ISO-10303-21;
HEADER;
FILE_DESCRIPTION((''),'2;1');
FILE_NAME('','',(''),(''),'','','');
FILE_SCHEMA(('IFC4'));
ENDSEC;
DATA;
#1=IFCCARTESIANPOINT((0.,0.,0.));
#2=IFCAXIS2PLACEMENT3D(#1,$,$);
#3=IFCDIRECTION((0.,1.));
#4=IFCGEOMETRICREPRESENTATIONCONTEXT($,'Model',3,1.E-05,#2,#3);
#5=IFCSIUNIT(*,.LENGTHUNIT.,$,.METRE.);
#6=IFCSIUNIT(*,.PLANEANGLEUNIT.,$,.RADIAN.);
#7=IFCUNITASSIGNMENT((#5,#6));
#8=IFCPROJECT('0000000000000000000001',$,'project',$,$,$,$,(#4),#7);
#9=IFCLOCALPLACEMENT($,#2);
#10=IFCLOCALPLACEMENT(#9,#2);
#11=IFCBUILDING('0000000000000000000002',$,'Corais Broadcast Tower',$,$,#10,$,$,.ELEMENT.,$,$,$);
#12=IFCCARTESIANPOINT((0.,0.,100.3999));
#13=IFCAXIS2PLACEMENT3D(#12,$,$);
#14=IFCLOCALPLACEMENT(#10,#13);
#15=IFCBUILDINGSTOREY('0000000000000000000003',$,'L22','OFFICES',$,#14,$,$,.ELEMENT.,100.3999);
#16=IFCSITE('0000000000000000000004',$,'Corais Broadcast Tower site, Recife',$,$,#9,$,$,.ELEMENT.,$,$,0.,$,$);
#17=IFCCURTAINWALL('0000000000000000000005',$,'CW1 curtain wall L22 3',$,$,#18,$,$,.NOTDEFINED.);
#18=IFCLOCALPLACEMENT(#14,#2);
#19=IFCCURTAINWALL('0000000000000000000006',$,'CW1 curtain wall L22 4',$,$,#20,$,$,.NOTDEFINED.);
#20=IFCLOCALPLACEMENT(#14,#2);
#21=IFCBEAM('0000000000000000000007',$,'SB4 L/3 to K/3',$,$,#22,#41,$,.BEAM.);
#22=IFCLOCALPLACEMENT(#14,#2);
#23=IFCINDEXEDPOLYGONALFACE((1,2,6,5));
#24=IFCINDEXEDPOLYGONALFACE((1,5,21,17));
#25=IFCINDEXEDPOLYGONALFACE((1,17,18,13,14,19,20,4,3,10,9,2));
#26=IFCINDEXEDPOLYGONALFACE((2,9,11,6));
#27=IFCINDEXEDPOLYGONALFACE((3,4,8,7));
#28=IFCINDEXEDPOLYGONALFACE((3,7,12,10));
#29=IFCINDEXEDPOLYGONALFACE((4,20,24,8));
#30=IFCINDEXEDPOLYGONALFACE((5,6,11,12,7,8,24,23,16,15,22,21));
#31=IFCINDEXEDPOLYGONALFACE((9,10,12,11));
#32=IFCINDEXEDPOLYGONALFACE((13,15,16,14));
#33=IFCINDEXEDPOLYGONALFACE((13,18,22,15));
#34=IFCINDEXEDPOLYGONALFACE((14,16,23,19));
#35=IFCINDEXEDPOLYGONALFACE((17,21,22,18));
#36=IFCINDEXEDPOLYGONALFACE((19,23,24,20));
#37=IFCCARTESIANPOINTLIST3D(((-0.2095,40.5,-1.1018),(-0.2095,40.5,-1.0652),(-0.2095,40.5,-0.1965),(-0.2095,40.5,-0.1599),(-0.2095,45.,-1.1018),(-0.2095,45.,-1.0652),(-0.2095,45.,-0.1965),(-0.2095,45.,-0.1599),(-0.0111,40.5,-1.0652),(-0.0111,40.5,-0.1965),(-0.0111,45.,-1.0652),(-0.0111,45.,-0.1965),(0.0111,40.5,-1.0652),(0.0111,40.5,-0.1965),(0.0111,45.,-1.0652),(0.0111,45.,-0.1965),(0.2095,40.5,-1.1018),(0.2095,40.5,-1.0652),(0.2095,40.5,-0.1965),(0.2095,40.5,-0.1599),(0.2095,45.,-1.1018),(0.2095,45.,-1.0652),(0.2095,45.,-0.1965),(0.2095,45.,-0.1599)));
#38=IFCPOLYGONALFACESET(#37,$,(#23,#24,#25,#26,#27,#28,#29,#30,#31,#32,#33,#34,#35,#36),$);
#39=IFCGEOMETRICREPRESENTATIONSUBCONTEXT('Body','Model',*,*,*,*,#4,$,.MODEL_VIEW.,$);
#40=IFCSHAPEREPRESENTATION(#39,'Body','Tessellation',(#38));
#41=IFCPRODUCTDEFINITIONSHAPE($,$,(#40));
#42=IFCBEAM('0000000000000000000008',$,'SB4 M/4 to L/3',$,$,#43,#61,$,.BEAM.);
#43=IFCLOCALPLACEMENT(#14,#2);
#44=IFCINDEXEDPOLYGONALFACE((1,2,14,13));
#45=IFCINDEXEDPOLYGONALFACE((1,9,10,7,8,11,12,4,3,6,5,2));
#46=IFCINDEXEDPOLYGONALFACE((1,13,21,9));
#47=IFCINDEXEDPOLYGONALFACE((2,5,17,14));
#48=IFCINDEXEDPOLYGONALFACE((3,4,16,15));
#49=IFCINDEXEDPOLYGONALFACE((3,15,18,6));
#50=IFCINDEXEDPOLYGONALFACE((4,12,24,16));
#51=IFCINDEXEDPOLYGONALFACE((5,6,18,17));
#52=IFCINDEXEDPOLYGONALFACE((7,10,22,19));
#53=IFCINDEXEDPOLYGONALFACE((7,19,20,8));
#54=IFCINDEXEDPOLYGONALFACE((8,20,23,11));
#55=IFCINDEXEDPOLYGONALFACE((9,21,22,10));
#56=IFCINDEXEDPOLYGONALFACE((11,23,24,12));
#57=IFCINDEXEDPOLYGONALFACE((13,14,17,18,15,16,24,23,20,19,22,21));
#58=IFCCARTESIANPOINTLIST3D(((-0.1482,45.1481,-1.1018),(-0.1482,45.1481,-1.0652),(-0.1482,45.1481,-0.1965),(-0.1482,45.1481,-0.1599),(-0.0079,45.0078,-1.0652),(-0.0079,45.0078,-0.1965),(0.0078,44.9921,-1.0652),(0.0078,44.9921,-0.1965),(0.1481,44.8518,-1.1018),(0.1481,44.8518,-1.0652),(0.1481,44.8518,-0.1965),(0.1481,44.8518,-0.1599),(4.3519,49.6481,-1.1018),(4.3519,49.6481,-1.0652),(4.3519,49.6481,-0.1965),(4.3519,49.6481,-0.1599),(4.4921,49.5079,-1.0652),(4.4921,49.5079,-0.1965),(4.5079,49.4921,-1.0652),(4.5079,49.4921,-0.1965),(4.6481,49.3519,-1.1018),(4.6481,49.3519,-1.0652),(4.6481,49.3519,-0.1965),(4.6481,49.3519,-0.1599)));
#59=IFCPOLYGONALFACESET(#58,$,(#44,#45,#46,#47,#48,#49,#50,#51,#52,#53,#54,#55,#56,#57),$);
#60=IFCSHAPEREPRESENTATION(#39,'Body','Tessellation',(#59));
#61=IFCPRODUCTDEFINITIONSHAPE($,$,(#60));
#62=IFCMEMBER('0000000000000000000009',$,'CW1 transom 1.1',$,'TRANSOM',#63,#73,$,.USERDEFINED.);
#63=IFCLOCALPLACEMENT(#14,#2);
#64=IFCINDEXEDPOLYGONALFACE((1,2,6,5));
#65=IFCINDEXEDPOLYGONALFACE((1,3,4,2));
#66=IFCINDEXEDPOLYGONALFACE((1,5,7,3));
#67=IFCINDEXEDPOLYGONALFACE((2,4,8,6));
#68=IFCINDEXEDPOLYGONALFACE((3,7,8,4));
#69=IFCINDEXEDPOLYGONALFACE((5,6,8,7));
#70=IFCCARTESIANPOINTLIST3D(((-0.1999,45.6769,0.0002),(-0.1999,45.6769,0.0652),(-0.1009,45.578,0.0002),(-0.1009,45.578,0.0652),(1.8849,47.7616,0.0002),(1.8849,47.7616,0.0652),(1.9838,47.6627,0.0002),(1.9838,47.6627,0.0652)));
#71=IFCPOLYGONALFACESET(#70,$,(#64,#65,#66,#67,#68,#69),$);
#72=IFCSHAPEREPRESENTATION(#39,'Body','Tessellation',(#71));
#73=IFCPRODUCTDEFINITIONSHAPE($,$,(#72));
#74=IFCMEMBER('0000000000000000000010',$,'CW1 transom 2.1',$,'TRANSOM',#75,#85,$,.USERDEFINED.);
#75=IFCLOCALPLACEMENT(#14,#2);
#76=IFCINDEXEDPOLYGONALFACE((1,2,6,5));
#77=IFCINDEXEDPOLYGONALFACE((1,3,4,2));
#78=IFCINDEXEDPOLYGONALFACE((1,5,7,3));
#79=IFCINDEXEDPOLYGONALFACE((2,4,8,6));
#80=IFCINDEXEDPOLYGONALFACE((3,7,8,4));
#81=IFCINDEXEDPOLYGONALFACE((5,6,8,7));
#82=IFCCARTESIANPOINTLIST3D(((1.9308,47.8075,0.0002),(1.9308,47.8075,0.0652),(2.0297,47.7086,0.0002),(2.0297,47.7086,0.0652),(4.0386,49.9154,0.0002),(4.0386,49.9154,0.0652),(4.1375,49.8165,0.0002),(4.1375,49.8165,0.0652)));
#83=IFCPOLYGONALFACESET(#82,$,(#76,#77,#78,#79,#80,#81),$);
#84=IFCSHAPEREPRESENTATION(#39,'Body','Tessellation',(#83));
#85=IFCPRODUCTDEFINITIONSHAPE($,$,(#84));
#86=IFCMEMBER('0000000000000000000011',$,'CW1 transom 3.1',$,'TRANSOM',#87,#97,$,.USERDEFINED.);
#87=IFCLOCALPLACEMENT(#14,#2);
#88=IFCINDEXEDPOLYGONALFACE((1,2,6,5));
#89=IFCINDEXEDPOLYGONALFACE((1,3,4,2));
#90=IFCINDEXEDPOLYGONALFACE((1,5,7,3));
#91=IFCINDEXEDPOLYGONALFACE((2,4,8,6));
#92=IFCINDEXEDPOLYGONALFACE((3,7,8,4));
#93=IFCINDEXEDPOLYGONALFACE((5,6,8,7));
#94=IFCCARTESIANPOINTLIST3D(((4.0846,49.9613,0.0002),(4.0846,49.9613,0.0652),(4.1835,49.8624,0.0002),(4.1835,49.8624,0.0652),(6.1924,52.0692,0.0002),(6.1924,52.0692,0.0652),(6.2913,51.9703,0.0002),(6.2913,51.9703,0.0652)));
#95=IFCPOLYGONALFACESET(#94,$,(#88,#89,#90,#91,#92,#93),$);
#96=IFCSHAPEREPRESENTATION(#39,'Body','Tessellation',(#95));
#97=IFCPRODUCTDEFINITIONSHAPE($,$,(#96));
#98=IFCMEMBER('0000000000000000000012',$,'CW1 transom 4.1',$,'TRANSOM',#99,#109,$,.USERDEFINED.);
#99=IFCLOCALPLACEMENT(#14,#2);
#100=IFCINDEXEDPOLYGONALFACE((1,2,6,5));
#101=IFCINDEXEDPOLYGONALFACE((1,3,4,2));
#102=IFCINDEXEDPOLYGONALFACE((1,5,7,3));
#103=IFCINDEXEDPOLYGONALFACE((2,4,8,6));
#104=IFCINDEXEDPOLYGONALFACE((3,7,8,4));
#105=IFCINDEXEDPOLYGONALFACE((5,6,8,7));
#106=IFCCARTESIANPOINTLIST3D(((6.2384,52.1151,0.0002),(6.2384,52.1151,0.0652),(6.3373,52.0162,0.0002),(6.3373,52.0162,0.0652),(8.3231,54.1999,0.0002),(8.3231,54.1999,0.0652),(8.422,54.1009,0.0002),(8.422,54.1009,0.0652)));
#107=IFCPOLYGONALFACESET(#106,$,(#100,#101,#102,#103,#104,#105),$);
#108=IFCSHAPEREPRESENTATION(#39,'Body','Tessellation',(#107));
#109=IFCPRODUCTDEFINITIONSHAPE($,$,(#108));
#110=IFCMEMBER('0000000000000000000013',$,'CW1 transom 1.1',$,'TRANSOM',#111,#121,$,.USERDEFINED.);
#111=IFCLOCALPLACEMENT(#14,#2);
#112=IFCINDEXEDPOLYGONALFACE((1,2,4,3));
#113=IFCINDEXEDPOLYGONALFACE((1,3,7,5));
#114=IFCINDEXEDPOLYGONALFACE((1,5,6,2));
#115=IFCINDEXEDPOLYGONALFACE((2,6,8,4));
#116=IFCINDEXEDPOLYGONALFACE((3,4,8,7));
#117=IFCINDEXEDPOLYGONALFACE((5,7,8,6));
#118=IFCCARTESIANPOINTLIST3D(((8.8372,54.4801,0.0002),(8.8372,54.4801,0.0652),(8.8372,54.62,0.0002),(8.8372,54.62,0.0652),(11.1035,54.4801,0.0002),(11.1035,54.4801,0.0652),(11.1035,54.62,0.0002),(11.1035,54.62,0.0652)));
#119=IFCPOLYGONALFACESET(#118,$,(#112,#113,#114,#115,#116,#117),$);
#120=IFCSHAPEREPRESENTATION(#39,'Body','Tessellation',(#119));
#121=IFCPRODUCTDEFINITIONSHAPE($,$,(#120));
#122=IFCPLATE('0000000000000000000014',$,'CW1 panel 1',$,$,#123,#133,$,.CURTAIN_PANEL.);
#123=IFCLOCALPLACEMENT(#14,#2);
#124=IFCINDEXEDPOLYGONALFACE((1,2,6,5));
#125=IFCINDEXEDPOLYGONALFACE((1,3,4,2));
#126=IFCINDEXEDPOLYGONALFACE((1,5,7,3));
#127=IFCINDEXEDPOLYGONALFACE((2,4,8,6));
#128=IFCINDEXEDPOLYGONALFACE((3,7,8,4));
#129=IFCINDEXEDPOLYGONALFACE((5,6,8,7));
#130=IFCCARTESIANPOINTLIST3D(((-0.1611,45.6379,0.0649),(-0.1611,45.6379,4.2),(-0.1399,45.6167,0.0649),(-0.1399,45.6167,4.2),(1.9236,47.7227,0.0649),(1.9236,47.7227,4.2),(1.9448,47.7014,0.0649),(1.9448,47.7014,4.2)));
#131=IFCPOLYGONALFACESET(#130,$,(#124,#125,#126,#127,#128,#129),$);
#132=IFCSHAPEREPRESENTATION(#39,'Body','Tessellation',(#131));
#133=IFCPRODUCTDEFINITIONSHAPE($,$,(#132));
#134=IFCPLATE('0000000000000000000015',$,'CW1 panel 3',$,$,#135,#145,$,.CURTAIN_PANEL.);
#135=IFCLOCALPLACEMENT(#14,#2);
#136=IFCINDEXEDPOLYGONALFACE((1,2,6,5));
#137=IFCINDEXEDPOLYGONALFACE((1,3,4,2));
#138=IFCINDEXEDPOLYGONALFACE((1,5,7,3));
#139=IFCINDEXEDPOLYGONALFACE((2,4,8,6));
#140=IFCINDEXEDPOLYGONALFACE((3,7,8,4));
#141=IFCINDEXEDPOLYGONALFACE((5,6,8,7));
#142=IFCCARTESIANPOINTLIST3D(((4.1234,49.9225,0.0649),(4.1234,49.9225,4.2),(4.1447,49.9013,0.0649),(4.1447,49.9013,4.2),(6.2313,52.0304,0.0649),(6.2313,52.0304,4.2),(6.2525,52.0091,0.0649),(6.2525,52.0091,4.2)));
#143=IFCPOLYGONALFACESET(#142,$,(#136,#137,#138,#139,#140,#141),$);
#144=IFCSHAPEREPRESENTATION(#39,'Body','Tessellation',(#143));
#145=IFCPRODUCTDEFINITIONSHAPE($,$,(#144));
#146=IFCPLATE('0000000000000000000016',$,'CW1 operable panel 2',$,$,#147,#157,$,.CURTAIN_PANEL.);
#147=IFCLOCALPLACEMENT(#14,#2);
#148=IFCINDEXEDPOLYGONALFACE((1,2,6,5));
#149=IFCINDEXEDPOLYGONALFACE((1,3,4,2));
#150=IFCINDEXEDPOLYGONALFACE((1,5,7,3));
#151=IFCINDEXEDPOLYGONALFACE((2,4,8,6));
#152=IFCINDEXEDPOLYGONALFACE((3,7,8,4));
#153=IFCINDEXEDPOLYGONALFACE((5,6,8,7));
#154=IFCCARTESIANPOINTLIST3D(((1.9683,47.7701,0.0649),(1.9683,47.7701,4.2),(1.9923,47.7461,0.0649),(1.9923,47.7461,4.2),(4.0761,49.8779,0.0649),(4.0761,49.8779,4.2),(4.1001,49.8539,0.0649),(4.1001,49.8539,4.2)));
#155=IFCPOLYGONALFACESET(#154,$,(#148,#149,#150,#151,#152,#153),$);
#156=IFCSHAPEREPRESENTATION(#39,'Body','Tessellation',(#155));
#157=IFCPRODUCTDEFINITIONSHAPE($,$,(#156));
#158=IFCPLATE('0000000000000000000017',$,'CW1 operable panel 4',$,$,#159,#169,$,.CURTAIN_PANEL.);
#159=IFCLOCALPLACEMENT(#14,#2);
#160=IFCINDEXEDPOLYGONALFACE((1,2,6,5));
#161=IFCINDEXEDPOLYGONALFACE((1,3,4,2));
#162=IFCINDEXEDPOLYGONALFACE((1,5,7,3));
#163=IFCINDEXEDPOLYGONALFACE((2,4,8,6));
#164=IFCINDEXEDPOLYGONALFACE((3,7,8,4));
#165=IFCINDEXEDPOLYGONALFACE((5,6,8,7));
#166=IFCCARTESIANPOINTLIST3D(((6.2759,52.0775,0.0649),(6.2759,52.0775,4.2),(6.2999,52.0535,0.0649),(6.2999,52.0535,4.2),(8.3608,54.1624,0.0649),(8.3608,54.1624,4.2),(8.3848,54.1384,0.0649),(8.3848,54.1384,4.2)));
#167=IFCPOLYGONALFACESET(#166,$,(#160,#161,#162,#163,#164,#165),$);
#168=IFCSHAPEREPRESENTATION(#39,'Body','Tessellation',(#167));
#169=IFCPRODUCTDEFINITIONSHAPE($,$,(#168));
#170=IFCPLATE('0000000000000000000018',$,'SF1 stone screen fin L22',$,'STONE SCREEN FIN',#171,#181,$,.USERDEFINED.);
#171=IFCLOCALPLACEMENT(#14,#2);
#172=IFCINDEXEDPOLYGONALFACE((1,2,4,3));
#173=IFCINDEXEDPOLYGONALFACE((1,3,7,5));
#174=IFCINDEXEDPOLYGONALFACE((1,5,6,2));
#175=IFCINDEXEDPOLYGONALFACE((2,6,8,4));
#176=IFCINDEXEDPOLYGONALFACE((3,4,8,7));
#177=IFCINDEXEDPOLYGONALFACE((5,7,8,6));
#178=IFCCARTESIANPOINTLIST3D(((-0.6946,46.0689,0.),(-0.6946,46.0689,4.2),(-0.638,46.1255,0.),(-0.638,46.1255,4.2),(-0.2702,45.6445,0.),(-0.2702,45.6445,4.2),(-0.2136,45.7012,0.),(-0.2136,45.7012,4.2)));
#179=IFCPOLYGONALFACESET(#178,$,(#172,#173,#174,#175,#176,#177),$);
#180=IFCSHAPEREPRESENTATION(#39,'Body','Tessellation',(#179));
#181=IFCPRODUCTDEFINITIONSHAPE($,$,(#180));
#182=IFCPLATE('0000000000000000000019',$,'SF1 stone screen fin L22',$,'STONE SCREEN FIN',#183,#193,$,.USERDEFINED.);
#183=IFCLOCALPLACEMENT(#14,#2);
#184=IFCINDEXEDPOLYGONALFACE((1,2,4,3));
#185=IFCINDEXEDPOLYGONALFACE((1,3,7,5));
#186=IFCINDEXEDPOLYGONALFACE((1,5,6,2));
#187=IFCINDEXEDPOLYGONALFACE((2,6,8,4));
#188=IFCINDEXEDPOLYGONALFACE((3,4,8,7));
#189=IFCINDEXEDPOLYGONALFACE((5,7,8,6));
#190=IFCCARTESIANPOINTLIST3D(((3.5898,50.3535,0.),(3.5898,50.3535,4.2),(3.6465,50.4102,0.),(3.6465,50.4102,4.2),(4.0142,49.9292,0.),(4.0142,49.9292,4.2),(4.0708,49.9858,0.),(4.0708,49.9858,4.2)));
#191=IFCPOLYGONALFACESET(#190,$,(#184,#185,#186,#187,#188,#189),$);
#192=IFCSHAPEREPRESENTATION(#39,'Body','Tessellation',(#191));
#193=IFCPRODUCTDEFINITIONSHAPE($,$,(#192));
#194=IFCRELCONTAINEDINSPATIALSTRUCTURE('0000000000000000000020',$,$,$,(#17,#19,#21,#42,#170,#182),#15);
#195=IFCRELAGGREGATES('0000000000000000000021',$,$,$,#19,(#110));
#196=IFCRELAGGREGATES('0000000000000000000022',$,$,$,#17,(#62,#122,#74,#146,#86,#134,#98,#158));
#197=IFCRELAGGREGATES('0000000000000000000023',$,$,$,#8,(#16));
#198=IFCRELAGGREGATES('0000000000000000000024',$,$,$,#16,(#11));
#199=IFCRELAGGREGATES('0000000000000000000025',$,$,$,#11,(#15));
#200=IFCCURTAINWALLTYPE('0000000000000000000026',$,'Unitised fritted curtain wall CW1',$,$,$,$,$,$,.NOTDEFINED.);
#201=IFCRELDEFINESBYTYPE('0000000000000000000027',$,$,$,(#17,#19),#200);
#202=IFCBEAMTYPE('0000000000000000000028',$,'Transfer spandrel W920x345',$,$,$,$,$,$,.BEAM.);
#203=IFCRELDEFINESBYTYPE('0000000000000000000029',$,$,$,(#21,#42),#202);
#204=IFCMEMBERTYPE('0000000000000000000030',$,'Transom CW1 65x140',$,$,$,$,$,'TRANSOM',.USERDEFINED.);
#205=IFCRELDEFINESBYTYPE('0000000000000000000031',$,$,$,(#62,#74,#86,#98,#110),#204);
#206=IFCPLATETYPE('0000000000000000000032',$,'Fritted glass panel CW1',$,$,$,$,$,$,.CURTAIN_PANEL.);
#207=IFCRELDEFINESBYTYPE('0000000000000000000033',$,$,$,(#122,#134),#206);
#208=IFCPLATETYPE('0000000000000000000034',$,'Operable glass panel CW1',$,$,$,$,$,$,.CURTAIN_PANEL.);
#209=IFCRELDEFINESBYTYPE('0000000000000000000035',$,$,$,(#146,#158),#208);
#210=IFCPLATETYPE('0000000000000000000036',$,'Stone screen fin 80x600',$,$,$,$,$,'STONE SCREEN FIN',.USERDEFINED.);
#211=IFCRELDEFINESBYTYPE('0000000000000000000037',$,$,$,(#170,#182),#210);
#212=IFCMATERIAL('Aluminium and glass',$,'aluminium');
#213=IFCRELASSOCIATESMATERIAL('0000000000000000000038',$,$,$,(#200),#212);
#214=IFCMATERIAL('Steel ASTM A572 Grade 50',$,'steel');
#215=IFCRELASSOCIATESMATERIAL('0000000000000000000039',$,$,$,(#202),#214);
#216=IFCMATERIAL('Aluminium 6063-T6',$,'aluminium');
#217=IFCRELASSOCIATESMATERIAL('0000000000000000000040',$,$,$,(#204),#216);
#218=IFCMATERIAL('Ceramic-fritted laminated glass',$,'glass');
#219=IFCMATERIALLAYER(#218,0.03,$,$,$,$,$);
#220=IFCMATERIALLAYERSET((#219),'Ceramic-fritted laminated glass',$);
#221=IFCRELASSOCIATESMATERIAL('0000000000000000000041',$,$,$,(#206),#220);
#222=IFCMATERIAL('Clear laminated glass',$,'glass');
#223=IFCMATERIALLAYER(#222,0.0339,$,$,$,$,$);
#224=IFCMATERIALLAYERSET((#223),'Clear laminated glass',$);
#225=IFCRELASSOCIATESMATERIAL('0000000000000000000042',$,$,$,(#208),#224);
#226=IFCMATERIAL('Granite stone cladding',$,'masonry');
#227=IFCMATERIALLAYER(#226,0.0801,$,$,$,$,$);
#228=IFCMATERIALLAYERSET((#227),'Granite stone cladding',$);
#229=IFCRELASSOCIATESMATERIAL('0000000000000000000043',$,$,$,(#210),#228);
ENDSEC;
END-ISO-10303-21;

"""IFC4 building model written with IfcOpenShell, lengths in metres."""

from ifc_helpers import new_model, si_unit, direction, frame, origin, origin_2d, place, context, subcontext, project, spatial, rectangle, i_section, extrude, material, layer, layer_set, material_profile, profile_set, type_object, element, aggregate, save


model = new_model("IFC4")

# Units and contexts
model_context = context("Model", 3, precision=1e-05, world=origin(), true_north=direction((0.0, 1.0)))
body_context = subcontext(model_context, "Body", "Model", "MODEL_VIEW")
ifc_project = project(units=[si_unit("LENGTHUNIT", "METRE"), si_unit("PLANEANGLEUNIT", "RADIAN")], contexts=[model_context])

# Site, building, storey
site_placement = place(None, origin())
site = spatial("IfcSite", under=ifc_project, at=site_placement, Name="Corais Broadcast Tower site, Recife", CompositionType="ELEMENT", RefElevation=0.0)
building_placement = place(site_placement, origin())
building = spatial("IfcBuilding", under=site, at=building_placement, Name="Corais Broadcast Tower", CompositionType="ELEMENT")
storey_placement = place(building_placement, frame((0.0, 0.0, 100.3999)))
storey = spatial("IfcBuildingStorey", under=building, at=storey_placement, Name="L22", Description="OFFICES", CompositionType="ELEMENT", Elevation=100.3999)

# Shared definitions
ifc_material_1 = material(Name="Aluminium and glass", Category="aluminium")
curtain_wall_type = type_object("IfcCurtainWallType", Name="Unitised fritted curtain wall CW1", PredefinedType="NOTDEFINED", material=ifc_material_1)

# Curtain wall
curtain_wall_1_placement = place(storey_placement, origin())
curtain_wall_1 = element("IfcCurtainWall", 1, at=curtain_wall_1_placement, inside=storey, type_object=curtain_wall_type, Name="CW1 curtain wall L22 3", PredefinedType="NOTDEFINED")

# Curtain wall
curtain_wall_2_placement = place(storey_placement, origin())
curtain_wall_2 = element("IfcCurtainWall", 2, at=curtain_wall_2_placement, inside=storey, type_object=curtain_wall_type, Name="CW1 curtain wall L22 4", PredefinedType="NOTDEFINED")

# Beams
ifc_material_2 = material(Name="Steel ASTM A572 Grade 50", Category="steel")
ifc_material_profile_1 = material_profile(ifc_material_2, i_section(OverallWidth=0.4189, OverallDepth=0.9419, WebThickness=0.0222, FlangeThickness=0.0366, at=origin_2d()), Name="W920x345")
ifc_profile_set_1 = profile_set([ifc_material_profile_1], Name="Steel ASTM A572 Grade 50")
beam_type_1 = type_object("IfcBeamType", Name="Transfer spandrel W920x345", PredefinedType="BEAM", material=ifc_profile_set_1)
beam_1_placement = place(storey_placement, frame((0.0, 45.0, -0.6309), z_axis=(0.0, -1.0, 0.0), x_axis=(1.0, 0.0, 0.0)))
element("IfcBeam", 3, at=beam_1_placement, inside=storey, type_object=beam_type_1, Name="SB4 L/3 to K/3", PredefinedType="BEAM", context=body_context, shape_type="SweptSolid", body=[
    extrude(i_section(OverallWidth=0.4189, OverallDepth=0.9419, WebThickness=0.0222, FlangeThickness=0.0366, at=origin_2d()), origin(), (0.0, 0.0, 1.0), 4.5),
])
beam_2_placement = place(storey_placement, frame((4.5, 49.5, -0.6309), z_axis=(-0.707107, -0.707107, 0.0), x_axis=(0.707107, -0.707107, 0.0)))
element("IfcBeam", 4, at=beam_2_placement, inside=storey, type_object=beam_type_1, Name="SB4 M/4 to L/3", PredefinedType="BEAM", context=body_context, shape_type="SweptSolid", body=[
    extrude(i_section(OverallWidth=0.4189, OverallDepth=0.9419, WebThickness=0.0222, FlangeThickness=0.0366, at=origin_2d()), origin(), (0.0, 0.0, 1.0), 6.364),
])

# Members
ifc_material_3 = material(Name="Aluminium 6063-T6", Category="aluminium")
ifc_material_profile_2 = material_profile(ifc_material_3, rectangle(XDim=0.1399, YDim=0.0649, at=origin_2d()), Name="Transom CW1 65x140")
ifc_profile_set_2 = profile_set([ifc_material_profile_2], Name="Aluminium 6063-T6")
member_type_1 = type_object("IfcMemberType", Name="Transom CW1 65x140", ElementType="TRANSOM", PredefinedType="USERDEFINED", material=ifc_profile_set_2)
member_1_placement = place(storey_placement, frame((-0.1504, 45.6274, 0.0327), z_axis=(0.707107, 0.707107, 0.0), x_axis=(-0.707107, 0.707107, 0.0)))
member_1 = element("IfcMember", 5, at=member_1_placement, type_object=member_type_1, Name="CW1 transom 1.1", ObjectType="TRANSOM", PredefinedType="USERDEFINED", context=body_context, shape_type="SweptSolid", body=[
    extrude(rectangle(XDim=0.1399, YDim=0.0649, at=origin_2d()), origin(), (0.0, 0.0, 1.0), 2.9482),
])
member_2_placement = place(storey_placement, frame((1.9802, 47.7581, 0.0327), z_axis=(0.707107, 0.707107, 0.0), x_axis=(-0.707107, 0.707107, 0.0)))
member_2 = element("IfcMember", 6, at=member_2_placement, type_object=member_type_1, Name="CW1 transom 2.1", ObjectType="TRANSOM", PredefinedType="USERDEFINED", context=body_context, shape_type="SweptSolid", body=[
    extrude(rectangle(XDim=0.1399, YDim=0.0649, at=origin_2d()), origin(), (0.0, 0.0, 1.0), 2.981),
])
member_3_placement = place(storey_placement, frame((4.134, 49.9119, 0.0327), z_axis=(0.707107, 0.707107, 0.0), x_axis=(-0.707107, 0.707107, 0.0)))
member_3 = element("IfcMember", 7, at=member_3_placement, type_object=member_type_1, Name="CW1 transom 3.1", ObjectType="TRANSOM", PredefinedType="USERDEFINED", context=body_context, shape_type="SweptSolid", body=[
    extrude(rectangle(XDim=0.1399, YDim=0.0649, at=origin_2d()), origin(), (0.0, 0.0, 1.0), 2.981),
])
member_4_placement = place(storey_placement, frame((6.2878, 52.0657, 0.0327), z_axis=(0.707107, 0.707107, 0.0), x_axis=(-0.707107, 0.707107, 0.0)))
member_4 = element("IfcMember", 8, at=member_4_placement, type_object=member_type_1, Name="CW1 transom 4.1", ObjectType="TRANSOM", PredefinedType="USERDEFINED", context=body_context, shape_type="SweptSolid", body=[
    extrude(rectangle(XDim=0.1399, YDim=0.0649, at=origin_2d()), origin(), (0.0, 0.0, 1.0), 2.9482),
])
member_5_placement = place(storey_placement, frame((8.8372, 54.55, 0.0327), z_axis=(1.0, 0.0, 0.0), x_axis=(0.0, 1.0, 0.0)))
member_5 = element("IfcMember", 9, at=member_5_placement, type_object=member_type_1, Name="CW1 transom 1.1", ObjectType="TRANSOM", PredefinedType="USERDEFINED", context=body_context, shape_type="SweptSolid", body=[
    extrude(rectangle(XDim=0.1399, YDim=0.0649, at=origin_2d()), origin(), (0.0, 0.0, 1.0), 2.2664),
])
aggregate(curtain_wall_2, [member_5])

# Plates
ifc_material_4 = material(Name="Ceramic-fritted laminated glass", Category="glass")
ifc_layer_1 = layer(ifc_material_4, 0.03)
ifc_layer_set_1 = layer_set([ifc_layer_1], Name="Ceramic-fritted laminated glass")
plate_type_1 = type_object("IfcPlateType", Name="Fritted glass panel CW1", PredefinedType="CURTAIN_PANEL", material=ifc_layer_set_1)
plate_1_placement = place(storey_placement, frame((0.8918, 46.6697, 0.0649), z_axis=(0.0, 0.0, 1.0), x_axis=(0.707107, 0.707107, 0.0)))
plate_1 = element("IfcPlate", 10, at=plate_1_placement, type_object=plate_type_1, Name="CW1 panel 1", PredefinedType="CURTAIN_PANEL", context=body_context, shape_type="SweptSolid", body=[
    extrude(rectangle(XDim=2.9482, YDim=0.03, at=origin_2d()), origin(), (0.0, 0.0, 1.0), 4.135),
])
plate_2_placement = place(storey_placement, frame((5.188, 50.9658, 0.0649), z_axis=(0.0, 0.0, 1.0), x_axis=(0.707107, 0.707107, 0.0)))
plate_2 = element("IfcPlate", 11, at=plate_2_placement, type_object=plate_type_1, Name="CW1 panel 3", PredefinedType="CURTAIN_PANEL", context=body_context, shape_type="SweptSolid", body=[
    extrude(rectangle(XDim=2.981, YDim=0.03, at=origin_2d()), origin(), (0.0, 0.0, 1.0), 4.135),
])
ifc_material_5 = material(Name="Clear laminated glass", Category="glass")
ifc_layer_2 = layer(ifc_material_5, 0.0339)
ifc_layer_set_2 = layer_set([ifc_layer_2], Name="Clear laminated glass")
plate_type_2 = type_object("IfcPlateType", Name="Operable glass panel CW1", PredefinedType="CURTAIN_PANEL", material=ifc_layer_set_2)
plate_3_placement = place(storey_placement, frame((3.0342, 48.812, 0.0649), z_axis=(0.0, 0.0, 1.0), x_axis=(0.707107, 0.707107, 0.0)))
plate_3 = element("IfcPlate", 12, at=plate_3_placement, type_object=plate_type_2, Name="CW1 operable panel 2", PredefinedType="CURTAIN_PANEL", context=body_context, shape_type="SweptSolid", body=[
    extrude(rectangle(XDim=2.981, YDim=0.0339, at=origin_2d()), origin(), (0.0, 0.0, 1.0), 4.135),
])
plate_4_placement = place(storey_placement, frame((7.3303, 53.1079, 0.0649), z_axis=(0.0, 0.0, 1.0), x_axis=(0.707107, 0.707107, 0.0)))
plate_4 = element("IfcPlate", 13, at=plate_4_placement, type_object=plate_type_2, Name="CW1 operable panel 4", PredefinedType="CURTAIN_PANEL", context=body_context, shape_type="SweptSolid", body=[
    extrude(rectangle(XDim=2.9485, YDim=0.0339, at=origin_2d()), origin(), (0.0, 0.0, 1.0), 4.135),
])
aggregate(curtain_wall_1, [member_1, plate_1, member_2, plate_3, member_3, plate_2, member_4, plate_4])

# Plates
ifc_material_6 = material(Name="Granite stone cladding", Category="masonry")
ifc_layer_3 = layer(ifc_material_6, 0.0801)
ifc_layer_set_3 = layer_set([ifc_layer_3], Name="Granite stone cladding")
plate_type_3 = type_object("IfcPlateType", Name="Stone screen fin 80x600", ElementType="STONE SCREEN FIN", PredefinedType="USERDEFINED", material=ifc_layer_set_3)
for number, where, z_axis, x_axis, name in (
    (14, (-0.4541, 45.885, 0.0), (0.0, 0.0, 1.0), (0.707107, 0.707107, 0.0), "SF1 stone screen fin L22"),
    (15, (3.8303, 50.1697, 0.0), (0.0, 0.0, 1.0), (0.707107, 0.707107, 0.0), "SF1 stone screen fin L22"),
):
    element("IfcPlate", number, at=place(storey_placement, frame(where, z_axis=z_axis, x_axis=x_axis)), inside=storey, type_object=plate_type_3, Name=name, ObjectType="STONE SCREEN FIN", PredefinedType="USERDEFINED", context=body_context, shape_type="SweptSolid", body=[
        extrude(rectangle(XDim=0.0801, YDim=0.6001, at=origin_2d()), origin(), (0.0, 0.0, 1.0), 4.2),
    ])

save(model, "model.ifc")
